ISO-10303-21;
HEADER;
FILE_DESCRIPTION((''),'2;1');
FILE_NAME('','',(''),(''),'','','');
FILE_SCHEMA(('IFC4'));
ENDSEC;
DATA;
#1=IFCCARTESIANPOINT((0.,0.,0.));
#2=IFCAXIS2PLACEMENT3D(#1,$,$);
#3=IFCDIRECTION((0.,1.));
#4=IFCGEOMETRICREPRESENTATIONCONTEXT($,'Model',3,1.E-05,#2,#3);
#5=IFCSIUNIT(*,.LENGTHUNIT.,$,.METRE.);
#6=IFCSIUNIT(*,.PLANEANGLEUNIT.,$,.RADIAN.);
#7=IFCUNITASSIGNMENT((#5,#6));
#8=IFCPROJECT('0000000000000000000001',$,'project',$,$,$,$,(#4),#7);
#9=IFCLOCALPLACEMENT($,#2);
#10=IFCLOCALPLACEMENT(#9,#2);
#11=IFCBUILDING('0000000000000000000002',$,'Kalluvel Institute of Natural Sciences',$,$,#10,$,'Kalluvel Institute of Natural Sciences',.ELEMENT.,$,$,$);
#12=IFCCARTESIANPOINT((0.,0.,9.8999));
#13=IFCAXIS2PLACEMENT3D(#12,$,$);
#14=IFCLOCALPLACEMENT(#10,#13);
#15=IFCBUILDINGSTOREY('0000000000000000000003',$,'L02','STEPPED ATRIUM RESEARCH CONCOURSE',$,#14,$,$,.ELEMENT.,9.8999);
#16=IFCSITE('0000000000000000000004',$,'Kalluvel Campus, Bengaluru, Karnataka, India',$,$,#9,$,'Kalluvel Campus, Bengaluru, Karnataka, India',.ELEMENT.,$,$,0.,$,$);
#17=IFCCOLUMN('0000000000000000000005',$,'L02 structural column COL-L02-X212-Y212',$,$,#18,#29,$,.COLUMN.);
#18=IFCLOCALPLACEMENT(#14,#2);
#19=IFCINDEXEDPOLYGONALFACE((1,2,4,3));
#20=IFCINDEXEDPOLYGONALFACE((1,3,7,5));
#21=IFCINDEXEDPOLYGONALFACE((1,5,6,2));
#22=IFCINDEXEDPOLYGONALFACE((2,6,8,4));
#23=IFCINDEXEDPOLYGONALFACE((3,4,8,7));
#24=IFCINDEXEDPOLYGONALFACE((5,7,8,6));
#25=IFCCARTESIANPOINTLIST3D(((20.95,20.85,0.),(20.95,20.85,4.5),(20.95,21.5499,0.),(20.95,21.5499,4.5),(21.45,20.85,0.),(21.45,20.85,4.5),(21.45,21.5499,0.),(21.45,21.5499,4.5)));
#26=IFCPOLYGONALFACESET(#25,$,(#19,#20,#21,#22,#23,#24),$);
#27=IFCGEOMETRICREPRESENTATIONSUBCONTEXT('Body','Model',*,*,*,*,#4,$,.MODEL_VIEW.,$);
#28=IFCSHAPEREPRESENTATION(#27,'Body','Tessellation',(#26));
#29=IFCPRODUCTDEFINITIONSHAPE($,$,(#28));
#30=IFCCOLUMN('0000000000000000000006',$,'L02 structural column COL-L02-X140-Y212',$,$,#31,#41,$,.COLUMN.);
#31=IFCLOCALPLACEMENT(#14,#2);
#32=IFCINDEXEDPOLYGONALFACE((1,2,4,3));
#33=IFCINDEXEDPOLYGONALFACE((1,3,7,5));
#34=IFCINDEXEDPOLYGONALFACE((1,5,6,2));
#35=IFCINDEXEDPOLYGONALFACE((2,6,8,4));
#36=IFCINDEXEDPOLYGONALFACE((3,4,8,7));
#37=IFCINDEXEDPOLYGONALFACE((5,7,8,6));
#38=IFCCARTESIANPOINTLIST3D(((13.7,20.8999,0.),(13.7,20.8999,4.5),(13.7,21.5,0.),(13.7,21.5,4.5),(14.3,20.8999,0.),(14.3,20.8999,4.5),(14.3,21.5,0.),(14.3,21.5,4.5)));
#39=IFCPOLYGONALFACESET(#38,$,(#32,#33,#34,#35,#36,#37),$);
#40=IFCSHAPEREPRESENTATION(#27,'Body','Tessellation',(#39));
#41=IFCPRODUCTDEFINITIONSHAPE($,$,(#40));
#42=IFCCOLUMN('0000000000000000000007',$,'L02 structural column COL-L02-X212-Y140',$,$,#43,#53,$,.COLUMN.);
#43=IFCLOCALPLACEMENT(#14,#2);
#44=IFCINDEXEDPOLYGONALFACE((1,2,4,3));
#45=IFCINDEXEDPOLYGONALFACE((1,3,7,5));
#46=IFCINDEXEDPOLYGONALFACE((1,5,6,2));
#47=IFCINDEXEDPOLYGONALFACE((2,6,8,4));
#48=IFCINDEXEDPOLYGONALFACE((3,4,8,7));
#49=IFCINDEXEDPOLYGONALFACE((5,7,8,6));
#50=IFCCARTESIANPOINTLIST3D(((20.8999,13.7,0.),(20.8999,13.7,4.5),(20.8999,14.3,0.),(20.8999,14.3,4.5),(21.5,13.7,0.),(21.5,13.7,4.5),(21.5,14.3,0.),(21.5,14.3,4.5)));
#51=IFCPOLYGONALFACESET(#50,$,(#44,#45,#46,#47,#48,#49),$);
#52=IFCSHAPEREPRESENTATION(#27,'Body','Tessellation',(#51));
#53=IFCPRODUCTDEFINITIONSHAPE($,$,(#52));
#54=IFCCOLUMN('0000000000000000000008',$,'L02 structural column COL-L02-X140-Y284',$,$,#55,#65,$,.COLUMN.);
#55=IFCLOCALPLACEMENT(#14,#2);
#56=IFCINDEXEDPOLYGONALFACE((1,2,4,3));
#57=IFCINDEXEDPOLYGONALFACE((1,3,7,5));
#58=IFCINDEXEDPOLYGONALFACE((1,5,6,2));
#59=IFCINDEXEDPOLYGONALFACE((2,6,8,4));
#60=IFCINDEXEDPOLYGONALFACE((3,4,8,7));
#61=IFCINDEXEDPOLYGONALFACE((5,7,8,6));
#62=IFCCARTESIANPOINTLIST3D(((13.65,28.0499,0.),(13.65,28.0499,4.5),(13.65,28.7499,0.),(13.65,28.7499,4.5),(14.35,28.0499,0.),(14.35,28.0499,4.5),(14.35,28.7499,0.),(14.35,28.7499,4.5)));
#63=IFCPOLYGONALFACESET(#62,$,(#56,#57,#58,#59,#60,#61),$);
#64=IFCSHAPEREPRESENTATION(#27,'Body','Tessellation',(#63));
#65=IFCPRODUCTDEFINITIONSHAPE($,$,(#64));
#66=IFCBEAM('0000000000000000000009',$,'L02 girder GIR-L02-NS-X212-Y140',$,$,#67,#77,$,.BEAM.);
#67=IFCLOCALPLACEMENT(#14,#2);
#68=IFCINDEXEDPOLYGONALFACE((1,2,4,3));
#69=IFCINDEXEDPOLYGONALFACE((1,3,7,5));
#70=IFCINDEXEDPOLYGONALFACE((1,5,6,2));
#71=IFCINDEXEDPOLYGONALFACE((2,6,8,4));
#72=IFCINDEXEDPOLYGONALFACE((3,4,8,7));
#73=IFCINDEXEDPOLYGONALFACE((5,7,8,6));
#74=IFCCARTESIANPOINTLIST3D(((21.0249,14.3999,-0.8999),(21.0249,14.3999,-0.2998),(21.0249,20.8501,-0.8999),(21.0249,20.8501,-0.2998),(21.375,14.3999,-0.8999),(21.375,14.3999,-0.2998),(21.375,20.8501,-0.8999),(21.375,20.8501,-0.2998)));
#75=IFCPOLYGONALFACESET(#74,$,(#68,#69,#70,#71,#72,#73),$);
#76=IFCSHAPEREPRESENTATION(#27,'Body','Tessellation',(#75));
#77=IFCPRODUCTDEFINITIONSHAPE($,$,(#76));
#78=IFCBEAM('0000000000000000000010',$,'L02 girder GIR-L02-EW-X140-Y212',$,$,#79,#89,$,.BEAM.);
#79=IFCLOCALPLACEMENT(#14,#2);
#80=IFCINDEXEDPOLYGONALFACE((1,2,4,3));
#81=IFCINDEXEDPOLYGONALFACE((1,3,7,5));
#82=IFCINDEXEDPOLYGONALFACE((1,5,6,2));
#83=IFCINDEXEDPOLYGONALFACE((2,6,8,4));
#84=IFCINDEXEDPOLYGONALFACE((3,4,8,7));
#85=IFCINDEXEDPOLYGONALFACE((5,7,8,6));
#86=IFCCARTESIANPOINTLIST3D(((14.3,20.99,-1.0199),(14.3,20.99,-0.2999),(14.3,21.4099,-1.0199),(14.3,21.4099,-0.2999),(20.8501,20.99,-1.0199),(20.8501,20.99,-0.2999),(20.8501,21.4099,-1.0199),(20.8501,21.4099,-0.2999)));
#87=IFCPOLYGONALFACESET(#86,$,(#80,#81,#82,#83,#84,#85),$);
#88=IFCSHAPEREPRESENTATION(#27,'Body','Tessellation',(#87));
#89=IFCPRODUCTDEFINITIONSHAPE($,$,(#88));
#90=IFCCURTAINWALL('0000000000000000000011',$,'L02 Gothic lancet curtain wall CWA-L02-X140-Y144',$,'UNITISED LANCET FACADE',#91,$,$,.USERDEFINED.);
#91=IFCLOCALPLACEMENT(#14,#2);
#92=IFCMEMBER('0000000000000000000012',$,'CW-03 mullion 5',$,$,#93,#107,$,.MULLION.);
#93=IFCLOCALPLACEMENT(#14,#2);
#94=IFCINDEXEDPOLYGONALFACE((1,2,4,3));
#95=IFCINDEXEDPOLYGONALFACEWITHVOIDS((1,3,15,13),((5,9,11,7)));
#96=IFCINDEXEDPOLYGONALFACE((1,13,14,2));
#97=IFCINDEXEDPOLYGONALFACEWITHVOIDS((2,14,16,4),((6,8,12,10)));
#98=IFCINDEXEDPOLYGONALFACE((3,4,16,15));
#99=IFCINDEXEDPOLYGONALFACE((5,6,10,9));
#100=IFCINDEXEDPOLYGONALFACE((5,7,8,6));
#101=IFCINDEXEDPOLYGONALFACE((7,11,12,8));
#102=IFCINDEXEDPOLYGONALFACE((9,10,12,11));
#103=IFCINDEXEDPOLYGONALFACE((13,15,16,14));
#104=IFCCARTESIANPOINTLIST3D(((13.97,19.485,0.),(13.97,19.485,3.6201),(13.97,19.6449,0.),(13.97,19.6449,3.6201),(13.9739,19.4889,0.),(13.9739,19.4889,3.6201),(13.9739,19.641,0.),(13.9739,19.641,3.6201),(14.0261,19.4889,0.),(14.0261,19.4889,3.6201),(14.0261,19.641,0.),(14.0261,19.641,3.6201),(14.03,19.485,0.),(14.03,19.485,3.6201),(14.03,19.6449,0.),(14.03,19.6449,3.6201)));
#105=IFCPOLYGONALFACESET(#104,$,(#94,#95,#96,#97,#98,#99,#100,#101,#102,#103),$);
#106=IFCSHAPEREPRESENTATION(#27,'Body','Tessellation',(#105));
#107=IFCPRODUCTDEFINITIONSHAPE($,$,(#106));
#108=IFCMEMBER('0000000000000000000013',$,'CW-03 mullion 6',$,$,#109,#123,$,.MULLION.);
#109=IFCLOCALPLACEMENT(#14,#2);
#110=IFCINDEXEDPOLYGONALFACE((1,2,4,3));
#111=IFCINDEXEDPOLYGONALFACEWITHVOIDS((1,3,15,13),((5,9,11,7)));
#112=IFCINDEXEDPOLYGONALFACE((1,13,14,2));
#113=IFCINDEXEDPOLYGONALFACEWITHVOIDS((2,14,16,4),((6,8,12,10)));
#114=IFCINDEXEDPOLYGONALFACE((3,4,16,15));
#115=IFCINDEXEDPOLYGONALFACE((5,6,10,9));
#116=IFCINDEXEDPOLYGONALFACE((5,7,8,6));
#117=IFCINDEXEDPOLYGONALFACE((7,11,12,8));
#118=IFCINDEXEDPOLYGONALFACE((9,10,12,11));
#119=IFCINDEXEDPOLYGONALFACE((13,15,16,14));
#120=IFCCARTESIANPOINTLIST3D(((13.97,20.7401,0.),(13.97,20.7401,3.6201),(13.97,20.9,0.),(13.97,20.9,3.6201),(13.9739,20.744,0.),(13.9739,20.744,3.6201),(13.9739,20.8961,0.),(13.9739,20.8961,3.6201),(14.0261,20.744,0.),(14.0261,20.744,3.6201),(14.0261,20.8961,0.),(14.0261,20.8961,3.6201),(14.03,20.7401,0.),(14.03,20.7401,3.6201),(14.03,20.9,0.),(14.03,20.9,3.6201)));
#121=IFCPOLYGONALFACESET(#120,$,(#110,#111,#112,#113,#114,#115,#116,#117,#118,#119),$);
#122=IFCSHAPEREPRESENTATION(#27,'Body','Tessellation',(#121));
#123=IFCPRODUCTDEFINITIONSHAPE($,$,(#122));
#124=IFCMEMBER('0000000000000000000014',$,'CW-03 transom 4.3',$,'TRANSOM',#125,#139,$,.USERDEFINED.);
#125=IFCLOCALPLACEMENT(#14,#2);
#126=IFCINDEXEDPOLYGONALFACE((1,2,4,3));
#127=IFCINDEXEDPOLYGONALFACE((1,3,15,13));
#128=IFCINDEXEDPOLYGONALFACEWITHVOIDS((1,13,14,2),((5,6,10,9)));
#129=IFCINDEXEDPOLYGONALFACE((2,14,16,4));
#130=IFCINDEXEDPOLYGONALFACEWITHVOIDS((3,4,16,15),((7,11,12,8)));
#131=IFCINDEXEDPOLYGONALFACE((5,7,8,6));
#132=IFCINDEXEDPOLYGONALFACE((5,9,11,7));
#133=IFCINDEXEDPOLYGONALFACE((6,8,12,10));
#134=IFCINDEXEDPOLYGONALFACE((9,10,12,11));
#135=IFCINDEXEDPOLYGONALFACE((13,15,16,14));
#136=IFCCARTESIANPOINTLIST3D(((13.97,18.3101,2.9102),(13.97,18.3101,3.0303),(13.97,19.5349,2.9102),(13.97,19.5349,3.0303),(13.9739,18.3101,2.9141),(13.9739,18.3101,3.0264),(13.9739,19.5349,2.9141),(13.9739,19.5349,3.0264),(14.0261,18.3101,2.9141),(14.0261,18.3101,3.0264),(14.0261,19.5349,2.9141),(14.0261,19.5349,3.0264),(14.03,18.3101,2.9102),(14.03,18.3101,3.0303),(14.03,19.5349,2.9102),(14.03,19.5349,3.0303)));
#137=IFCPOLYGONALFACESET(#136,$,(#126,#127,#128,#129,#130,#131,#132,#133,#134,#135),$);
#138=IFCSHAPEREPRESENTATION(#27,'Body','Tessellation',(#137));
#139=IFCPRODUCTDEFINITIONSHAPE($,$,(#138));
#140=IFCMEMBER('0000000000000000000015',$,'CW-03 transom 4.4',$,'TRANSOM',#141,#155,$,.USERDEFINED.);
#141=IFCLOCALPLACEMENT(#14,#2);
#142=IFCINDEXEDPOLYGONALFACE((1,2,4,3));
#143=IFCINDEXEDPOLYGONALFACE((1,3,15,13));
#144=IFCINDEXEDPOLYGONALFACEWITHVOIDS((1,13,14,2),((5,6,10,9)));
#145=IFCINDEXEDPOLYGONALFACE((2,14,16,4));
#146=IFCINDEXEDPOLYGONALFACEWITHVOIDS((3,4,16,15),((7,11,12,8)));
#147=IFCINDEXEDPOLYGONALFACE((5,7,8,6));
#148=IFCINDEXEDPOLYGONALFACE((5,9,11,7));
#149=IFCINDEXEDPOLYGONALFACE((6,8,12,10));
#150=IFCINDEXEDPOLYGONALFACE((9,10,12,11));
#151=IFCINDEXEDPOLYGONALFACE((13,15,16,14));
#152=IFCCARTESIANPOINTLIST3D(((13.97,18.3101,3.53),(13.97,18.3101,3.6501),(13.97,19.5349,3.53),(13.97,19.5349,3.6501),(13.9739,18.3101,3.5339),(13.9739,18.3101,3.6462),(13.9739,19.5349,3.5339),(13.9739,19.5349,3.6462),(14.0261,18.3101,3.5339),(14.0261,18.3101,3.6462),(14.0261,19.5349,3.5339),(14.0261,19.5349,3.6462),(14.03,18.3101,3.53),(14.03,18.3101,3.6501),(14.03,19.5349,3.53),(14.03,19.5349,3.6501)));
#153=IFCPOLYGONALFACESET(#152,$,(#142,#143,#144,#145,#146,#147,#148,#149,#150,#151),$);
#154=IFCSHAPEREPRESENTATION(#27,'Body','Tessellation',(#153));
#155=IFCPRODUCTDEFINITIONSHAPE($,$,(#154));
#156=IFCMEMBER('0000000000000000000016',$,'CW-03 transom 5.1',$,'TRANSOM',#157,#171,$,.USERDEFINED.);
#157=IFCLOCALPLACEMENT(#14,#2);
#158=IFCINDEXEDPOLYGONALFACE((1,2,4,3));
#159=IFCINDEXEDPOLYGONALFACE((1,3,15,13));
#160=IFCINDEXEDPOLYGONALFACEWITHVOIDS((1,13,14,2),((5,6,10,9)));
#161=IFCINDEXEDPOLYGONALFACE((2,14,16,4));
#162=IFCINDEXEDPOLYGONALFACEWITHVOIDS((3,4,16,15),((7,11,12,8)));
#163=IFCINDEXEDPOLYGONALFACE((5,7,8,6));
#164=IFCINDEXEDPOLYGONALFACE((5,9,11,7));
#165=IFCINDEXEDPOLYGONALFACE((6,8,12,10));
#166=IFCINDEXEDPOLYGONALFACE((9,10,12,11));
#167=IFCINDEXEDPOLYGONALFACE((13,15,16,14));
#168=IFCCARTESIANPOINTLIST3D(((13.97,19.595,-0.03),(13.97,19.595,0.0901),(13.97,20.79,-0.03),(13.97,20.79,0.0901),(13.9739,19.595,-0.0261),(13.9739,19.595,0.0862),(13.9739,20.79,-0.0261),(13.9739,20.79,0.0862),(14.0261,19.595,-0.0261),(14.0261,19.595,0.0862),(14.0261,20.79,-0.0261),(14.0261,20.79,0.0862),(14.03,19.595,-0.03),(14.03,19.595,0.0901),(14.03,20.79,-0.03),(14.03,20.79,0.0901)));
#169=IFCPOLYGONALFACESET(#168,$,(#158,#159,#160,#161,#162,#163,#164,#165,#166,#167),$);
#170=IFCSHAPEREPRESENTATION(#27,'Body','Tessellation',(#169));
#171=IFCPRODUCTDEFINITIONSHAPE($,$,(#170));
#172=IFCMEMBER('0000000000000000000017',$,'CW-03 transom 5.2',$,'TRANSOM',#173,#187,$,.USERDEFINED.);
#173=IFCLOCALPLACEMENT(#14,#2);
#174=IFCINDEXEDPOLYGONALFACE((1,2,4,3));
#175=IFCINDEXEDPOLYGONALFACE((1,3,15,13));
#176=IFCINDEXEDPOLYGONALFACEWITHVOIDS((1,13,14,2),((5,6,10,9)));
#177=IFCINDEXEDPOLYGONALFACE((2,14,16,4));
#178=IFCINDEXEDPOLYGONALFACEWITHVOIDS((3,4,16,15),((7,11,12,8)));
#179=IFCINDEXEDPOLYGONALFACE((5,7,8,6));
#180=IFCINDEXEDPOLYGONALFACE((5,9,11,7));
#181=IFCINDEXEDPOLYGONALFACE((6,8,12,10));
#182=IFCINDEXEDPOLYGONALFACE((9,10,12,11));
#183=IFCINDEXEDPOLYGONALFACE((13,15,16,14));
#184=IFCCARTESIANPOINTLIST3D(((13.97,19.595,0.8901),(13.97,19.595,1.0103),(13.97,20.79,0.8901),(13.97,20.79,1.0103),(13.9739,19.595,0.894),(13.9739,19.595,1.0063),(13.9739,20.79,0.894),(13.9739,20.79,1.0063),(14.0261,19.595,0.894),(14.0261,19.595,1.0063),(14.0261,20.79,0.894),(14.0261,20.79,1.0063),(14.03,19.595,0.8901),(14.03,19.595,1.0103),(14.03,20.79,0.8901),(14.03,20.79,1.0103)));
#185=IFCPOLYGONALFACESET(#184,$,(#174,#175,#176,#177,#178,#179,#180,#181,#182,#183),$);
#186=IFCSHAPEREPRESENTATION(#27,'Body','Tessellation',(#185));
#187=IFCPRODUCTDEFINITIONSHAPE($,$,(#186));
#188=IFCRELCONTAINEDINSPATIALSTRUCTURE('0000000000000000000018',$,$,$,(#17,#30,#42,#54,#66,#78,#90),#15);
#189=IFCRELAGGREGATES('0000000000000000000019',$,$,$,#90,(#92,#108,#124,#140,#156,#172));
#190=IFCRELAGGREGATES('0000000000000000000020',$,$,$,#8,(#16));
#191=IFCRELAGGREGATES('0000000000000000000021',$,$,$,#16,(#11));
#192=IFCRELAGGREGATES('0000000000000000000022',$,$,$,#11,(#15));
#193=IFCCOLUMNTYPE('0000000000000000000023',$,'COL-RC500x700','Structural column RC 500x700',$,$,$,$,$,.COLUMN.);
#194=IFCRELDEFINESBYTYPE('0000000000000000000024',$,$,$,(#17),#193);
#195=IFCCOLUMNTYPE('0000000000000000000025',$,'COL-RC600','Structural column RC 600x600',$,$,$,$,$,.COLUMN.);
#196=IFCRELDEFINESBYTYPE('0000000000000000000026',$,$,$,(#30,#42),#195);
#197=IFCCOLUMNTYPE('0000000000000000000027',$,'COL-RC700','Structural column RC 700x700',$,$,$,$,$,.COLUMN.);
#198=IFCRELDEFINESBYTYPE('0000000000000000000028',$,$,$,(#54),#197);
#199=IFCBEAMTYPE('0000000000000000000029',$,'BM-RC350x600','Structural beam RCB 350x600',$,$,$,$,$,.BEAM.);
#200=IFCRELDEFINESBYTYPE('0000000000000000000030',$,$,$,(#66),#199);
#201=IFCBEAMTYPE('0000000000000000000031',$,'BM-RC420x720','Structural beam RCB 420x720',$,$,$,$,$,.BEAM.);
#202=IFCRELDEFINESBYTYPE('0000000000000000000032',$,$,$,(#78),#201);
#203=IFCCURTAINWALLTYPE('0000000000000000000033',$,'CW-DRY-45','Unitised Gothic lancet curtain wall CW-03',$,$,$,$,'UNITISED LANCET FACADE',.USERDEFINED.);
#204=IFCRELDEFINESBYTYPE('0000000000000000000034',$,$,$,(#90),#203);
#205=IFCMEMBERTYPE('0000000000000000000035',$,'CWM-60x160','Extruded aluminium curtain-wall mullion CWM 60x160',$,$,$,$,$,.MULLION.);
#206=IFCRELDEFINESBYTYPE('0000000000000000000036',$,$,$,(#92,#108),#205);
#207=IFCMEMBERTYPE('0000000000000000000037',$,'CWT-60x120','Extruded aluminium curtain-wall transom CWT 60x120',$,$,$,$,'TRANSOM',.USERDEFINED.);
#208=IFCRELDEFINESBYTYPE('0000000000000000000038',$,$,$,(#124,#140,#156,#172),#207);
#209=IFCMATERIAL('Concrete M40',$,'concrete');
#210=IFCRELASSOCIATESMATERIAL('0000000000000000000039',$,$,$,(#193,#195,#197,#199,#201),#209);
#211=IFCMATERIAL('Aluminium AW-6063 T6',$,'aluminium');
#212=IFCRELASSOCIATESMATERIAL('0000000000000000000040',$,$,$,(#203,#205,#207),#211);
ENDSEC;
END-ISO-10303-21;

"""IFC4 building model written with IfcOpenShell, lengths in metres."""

from ifc_helpers import new_model, si_unit, direction, frame, origin, origin_2d, place, context, subcontext, project, spatial, rectangle, hollow_rectangle, extrude, material, material_profile, profile_set, type_object, element, aggregate, save


model = new_model("IFC4")

# Units and contexts
model_context = context("Model", 3, precision=1e-05, world=origin(), true_north=direction((0.0, 1.0)))
body_context = subcontext(model_context, "Body", "Model", "MODEL_VIEW")
ifc_project = project(units=[si_unit("LENGTHUNIT", "METRE"), si_unit("PLANEANGLEUNIT", "RADIAN")], contexts=[model_context])

# Site, building, storey
site_placement = place(None, origin())
site = spatial("IfcSite", under=ifc_project, at=site_placement, Name="Kalluvel Campus, Bengaluru, Karnataka, India", LongName="Kalluvel Campus, Bengaluru, Karnataka, India", CompositionType="ELEMENT", RefElevation=0.0)
building_placement = place(site_placement, origin())
building = spatial("IfcBuilding", under=site, at=building_placement, Name="Kalluvel Institute of Natural Sciences", LongName="Kalluvel Institute of Natural Sciences", CompositionType="ELEMENT")
storey_placement = place(building_placement, frame((0.0, 0.0, 9.8999)))
storey = spatial("IfcBuildingStorey", under=building, at=storey_placement, Name="L02", Description="STEPPED ATRIUM RESEARCH CONCOURSE", CompositionType="ELEMENT", Elevation=9.8999)

# Columns
ifc_material_1 = material(Name="Concrete M40", Category="concrete")
ifc_material_profile_1 = material_profile(ifc_material_1, rectangle(XDim=0.5, YDim=0.7, at=origin_2d()), Name="RC 500x700")
ifc_profile_set_1 = profile_set([ifc_material_profile_1], Name="Concrete M40")
column_type_1 = type_object("IfcColumnType", Name="COL-RC500x700", Description="Structural column RC 500x700", PredefinedType="COLUMN", material=ifc_profile_set_1)
column_1_placement = place(storey_placement, frame((21.2, 21.2, 0.0), z_axis=(0.0, 0.0, 1.0), x_axis=(1.0, 0.0, 0.0)))
element("IfcColumn", 1, at=column_1_placement, inside=storey, type_object=column_type_1, Name="L02 structural column COL-L02-X212-Y212", PredefinedType="COLUMN", context=body_context, shape_type="SweptSolid", body=[
    extrude(rectangle(XDim=0.5, YDim=0.7, at=origin_2d()), origin(), (0.0, 0.0, 1.0), 4.5),
])
ifc_material_profile_2 = material_profile(ifc_material_1, rectangle(XDim=0.6001, YDim=0.6001, at=origin_2d()), Name="RC 600x600")
ifc_profile_set_2 = profile_set([ifc_material_profile_2], Name="Concrete M40")
column_type_2 = type_object("IfcColumnType", Name="COL-RC600", Description="Structural column RC 600x600", PredefinedType="COLUMN", material=ifc_profile_set_2)
for number, where, z_axis, x_axis, name in (
    (2, (14.0, 21.2, 0.0), (0.0, 0.0, 1.0), (1.0, 0.0, 0.0), "L02 structural column COL-L02-X140-Y212"),
    (3, (21.2, 14.0, 0.0), (0.0, 0.0, 1.0), (1.0, 0.0, 0.0), "L02 structural column COL-L02-X212-Y140"),
):
    element("IfcColumn", number, at=place(storey_placement, frame(where, z_axis=z_axis, x_axis=x_axis)), inside=storey, type_object=column_type_2, Name=name, PredefinedType="COLUMN", context=body_context, shape_type="SweptSolid", body=[
        extrude(rectangle(XDim=0.6001, YDim=0.6001, at=origin_2d()), origin(), (0.0, 0.0, 1.0), 4.5),
    ])
ifc_material_profile_3 = material_profile(ifc_material_1, rectangle(XDim=0.7, YDim=0.7, at=origin_2d()), Name="RC 700x700")
ifc_profile_set_3 = profile_set([ifc_material_profile_3], Name="Concrete M40")
column_type_3 = type_object("IfcColumnType", Name="COL-RC700", Description="Structural column RC 700x700", PredefinedType="COLUMN", material=ifc_profile_set_3)
column_2_placement = place(storey_placement, frame((14.0, 28.3999, 0.0), z_axis=(0.0, 0.0, 1.0), x_axis=(1.0, 0.0, 0.0)))
element("IfcColumn", 4, at=column_2_placement, inside=storey, type_object=column_type_3, Name="L02 structural column COL-L02-X140-Y284", PredefinedType="COLUMN", context=body_context, shape_type="SweptSolid", body=[
    extrude(rectangle(XDim=0.7, YDim=0.7, at=origin_2d()), origin(), (0.0, 0.0, 1.0), 4.5),
])

# Beams
ifc_material_profile_4 = material_profile(ifc_material_1, rectangle(XDim=0.3501, YDim=0.6001, at=origin_2d()), Name="RCB 350x600")
ifc_profile_set_4 = profile_set([ifc_material_profile_4], Name="Concrete M40")
beam_type_1 = type_object("IfcBeamType", Name="BM-RC350x600", Description="Structural beam RCB 350x600", PredefinedType="BEAM", material=ifc_profile_set_4)
beam_1_placement = place(storey_placement, frame((21.2, 14.3999, -0.5999), z_axis=(0.0, 1.0, 0.0), x_axis=(-1.0, 0.0, 0.0)))
element("IfcBeam", 5, at=beam_1_placement, inside=storey, type_object=beam_type_1, Name="L02 girder GIR-L02-NS-X212-Y140", PredefinedType="BEAM", context=body_context, shape_type="SweptSolid", body=[
    extrude(rectangle(XDim=0.3501, YDim=0.6001, at=origin_2d()), origin(), (0.0, 0.0, 1.0), 6.4502),
])
ifc_material_profile_5 = material_profile(ifc_material_1, rectangle(XDim=0.4199, YDim=0.72, at=origin_2d()), Name="RCB 420x720")
ifc_profile_set_5 = profile_set([ifc_material_profile_5], Name="Concrete M40")
beam_type_2 = type_object("IfcBeamType", Name="BM-RC420x720", Description="Structural beam RCB 420x720", PredefinedType="BEAM", material=ifc_profile_set_5)
beam_2_placement = place(storey_placement, frame((14.3, 21.2, -0.6599), z_axis=(1.0, 0.0, 0.0), x_axis=(0.0, 1.0, 0.0)))
element("IfcBeam", 6, at=beam_2_placement, inside=storey, type_object=beam_type_2, Name="L02 girder GIR-L02-EW-X140-Y212", PredefinedType="BEAM", context=body_context, shape_type="SweptSolid", body=[
    extrude(rectangle(XDim=0.4199, YDim=0.72, at=origin_2d()), origin(), (0.0, 0.0, 1.0), 6.55),
])

# Curtain wall, members
ifc_material_2 = material(Name="Aluminium AW-6063 T6", Category="aluminium")
curtain_wall_type = type_object("IfcCurtainWallType", Name="CW-DRY-45", Description="Unitised Gothic lancet curtain wall CW-03", ElementType="UNITISED LANCET FACADE", PredefinedType="USERDEFINED", material=ifc_material_2)
curtain_wall_placement = place(storey_placement, origin())
curtain_wall = element("IfcCurtainWall", 7, at=curtain_wall_placement, inside=storey, type_object=curtain_wall_type, Name="L02 Gothic lancet curtain wall CWA-L02-X140-Y144", ObjectType="UNITISED LANCET FACADE", PredefinedType="USERDEFINED")
ifc_material_profile_6 = material_profile(ifc_material_2, hollow_rectangle(XDim=0.0601, YDim=0.1599, WallThickness=0.0039, at=origin_2d()), Name="CWM 60x160")
ifc_profile_set_6 = profile_set([ifc_material_profile_6], Name="Aluminium AW-6063 T6")
member_type_1 = type_object("IfcMemberType", Name="CWM-60x160", Description="Extruded aluminium curtain-wall mullion CWM 60x160", PredefinedType="MULLION", material=ifc_profile_set_6)
member_1_placement = place(storey_placement, frame((14.0, 19.5649, 0.0), z_axis=(0.0, 0.0, 1.0), x_axis=(-1.0, 0.0, 0.0)))
member_1 = element("IfcMember", 8, at=member_1_placement, type_object=member_type_1, Name="CW-03 mullion 5", PredefinedType="MULLION", context=body_context, shape_type="SweptSolid", body=[
    extrude(hollow_rectangle(XDim=0.0601, YDim=0.1599, WallThickness=0.0039, at=origin_2d()), origin(), (0.0, 0.0, 1.0), 3.6201),
])
member_2_placement = place(storey_placement, frame((14.0, 20.8201, 0.0), z_axis=(0.0, 0.0, 1.0), x_axis=(-1.0, 0.0, 0.0)))
member_2 = element("IfcMember", 9, at=member_2_placement, type_object=member_type_1, Name="CW-03 mullion 6", PredefinedType="MULLION", context=body_context, shape_type="SweptSolid", body=[
    extrude(hollow_rectangle(XDim=0.0601, YDim=0.1599, WallThickness=0.0039, at=origin_2d()), origin(), (0.0, 0.0, 1.0), 3.6201),
])
ifc_material_profile_7 = material_profile(ifc_material_2, hollow_rectangle(XDim=0.0601, YDim=0.1201, WallThickness=0.0039, at=origin_2d()), Name="CWT 60x120")
ifc_profile_set_7 = profile_set([ifc_material_profile_7], Name="Aluminium AW-6063 T6")
member_type_2 = type_object("IfcMemberType", Name="CWT-60x120", Description="Extruded aluminium curtain-wall transom CWT 60x120", ElementType="TRANSOM", PredefinedType="USERDEFINED", material=ifc_profile_set_7)
member_3_placement = place(storey_placement, frame((14.0, 18.3101, 2.9702), z_axis=(0.0, 1.0, 0.0), x_axis=(-1.0, 0.0, 0.0)))
member_3 = element("IfcMember", 10, at=member_3_placement, type_object=member_type_2, Name="CW-03 transom 4.3", ObjectType="TRANSOM", PredefinedType="USERDEFINED", context=body_context, shape_type="SweptSolid", body=[
    extrude(hollow_rectangle(XDim=0.0601, YDim=0.1201, WallThickness=0.0039, at=origin_2d()), origin(), (0.0, 0.0, 1.0), 1.2249),
])
member_4_placement = place(storey_placement, frame((14.0, 18.3101, 3.5901), z_axis=(0.0, 1.0, 0.0), x_axis=(-1.0, 0.0, 0.0)))
member_4 = element("IfcMember", 11, at=member_4_placement, type_object=member_type_2, Name="CW-03 transom 4.4", ObjectType="TRANSOM", PredefinedType="USERDEFINED", context=body_context, shape_type="SweptSolid", body=[
    extrude(hollow_rectangle(XDim=0.0601, YDim=0.1201, WallThickness=0.0039, at=origin_2d()), origin(), (0.0, 0.0, 1.0), 1.2249),
])
member_5_placement = place(storey_placement, frame((14.0, 19.595, 0.03), z_axis=(0.0, 1.0, 0.0), x_axis=(-1.0, 0.0, 0.0)))
member_5 = element("IfcMember", 12, at=member_5_placement, type_object=member_type_2, Name="CW-03 transom 5.1", ObjectType="TRANSOM", PredefinedType="USERDEFINED", context=body_context, shape_type="SweptSolid", body=[
    extrude(hollow_rectangle(XDim=0.0601, YDim=0.1201, WallThickness=0.0039, at=origin_2d()), origin(), (0.0, 0.0, 1.0), 1.1951),
])
member_6_placement = place(storey_placement, frame((14.0, 19.595, 0.9502), z_axis=(0.0, 1.0, 0.0), x_axis=(-1.0, 0.0, 0.0)))
member_6 = element("IfcMember", 13, at=member_6_placement, type_object=member_type_2, Name="CW-03 transom 5.2", ObjectType="TRANSOM", PredefinedType="USERDEFINED", context=body_context, shape_type="SweptSolid", body=[
    extrude(hollow_rectangle(XDim=0.0601, YDim=0.1201, WallThickness=0.0039, at=origin_2d()), origin(), (0.0, 0.0, 1.0), 1.1951),
])

aggregate(curtain_wall, [member_1, member_2, member_3, member_4, member_5, member_6])

save(model, "model.ifc")
